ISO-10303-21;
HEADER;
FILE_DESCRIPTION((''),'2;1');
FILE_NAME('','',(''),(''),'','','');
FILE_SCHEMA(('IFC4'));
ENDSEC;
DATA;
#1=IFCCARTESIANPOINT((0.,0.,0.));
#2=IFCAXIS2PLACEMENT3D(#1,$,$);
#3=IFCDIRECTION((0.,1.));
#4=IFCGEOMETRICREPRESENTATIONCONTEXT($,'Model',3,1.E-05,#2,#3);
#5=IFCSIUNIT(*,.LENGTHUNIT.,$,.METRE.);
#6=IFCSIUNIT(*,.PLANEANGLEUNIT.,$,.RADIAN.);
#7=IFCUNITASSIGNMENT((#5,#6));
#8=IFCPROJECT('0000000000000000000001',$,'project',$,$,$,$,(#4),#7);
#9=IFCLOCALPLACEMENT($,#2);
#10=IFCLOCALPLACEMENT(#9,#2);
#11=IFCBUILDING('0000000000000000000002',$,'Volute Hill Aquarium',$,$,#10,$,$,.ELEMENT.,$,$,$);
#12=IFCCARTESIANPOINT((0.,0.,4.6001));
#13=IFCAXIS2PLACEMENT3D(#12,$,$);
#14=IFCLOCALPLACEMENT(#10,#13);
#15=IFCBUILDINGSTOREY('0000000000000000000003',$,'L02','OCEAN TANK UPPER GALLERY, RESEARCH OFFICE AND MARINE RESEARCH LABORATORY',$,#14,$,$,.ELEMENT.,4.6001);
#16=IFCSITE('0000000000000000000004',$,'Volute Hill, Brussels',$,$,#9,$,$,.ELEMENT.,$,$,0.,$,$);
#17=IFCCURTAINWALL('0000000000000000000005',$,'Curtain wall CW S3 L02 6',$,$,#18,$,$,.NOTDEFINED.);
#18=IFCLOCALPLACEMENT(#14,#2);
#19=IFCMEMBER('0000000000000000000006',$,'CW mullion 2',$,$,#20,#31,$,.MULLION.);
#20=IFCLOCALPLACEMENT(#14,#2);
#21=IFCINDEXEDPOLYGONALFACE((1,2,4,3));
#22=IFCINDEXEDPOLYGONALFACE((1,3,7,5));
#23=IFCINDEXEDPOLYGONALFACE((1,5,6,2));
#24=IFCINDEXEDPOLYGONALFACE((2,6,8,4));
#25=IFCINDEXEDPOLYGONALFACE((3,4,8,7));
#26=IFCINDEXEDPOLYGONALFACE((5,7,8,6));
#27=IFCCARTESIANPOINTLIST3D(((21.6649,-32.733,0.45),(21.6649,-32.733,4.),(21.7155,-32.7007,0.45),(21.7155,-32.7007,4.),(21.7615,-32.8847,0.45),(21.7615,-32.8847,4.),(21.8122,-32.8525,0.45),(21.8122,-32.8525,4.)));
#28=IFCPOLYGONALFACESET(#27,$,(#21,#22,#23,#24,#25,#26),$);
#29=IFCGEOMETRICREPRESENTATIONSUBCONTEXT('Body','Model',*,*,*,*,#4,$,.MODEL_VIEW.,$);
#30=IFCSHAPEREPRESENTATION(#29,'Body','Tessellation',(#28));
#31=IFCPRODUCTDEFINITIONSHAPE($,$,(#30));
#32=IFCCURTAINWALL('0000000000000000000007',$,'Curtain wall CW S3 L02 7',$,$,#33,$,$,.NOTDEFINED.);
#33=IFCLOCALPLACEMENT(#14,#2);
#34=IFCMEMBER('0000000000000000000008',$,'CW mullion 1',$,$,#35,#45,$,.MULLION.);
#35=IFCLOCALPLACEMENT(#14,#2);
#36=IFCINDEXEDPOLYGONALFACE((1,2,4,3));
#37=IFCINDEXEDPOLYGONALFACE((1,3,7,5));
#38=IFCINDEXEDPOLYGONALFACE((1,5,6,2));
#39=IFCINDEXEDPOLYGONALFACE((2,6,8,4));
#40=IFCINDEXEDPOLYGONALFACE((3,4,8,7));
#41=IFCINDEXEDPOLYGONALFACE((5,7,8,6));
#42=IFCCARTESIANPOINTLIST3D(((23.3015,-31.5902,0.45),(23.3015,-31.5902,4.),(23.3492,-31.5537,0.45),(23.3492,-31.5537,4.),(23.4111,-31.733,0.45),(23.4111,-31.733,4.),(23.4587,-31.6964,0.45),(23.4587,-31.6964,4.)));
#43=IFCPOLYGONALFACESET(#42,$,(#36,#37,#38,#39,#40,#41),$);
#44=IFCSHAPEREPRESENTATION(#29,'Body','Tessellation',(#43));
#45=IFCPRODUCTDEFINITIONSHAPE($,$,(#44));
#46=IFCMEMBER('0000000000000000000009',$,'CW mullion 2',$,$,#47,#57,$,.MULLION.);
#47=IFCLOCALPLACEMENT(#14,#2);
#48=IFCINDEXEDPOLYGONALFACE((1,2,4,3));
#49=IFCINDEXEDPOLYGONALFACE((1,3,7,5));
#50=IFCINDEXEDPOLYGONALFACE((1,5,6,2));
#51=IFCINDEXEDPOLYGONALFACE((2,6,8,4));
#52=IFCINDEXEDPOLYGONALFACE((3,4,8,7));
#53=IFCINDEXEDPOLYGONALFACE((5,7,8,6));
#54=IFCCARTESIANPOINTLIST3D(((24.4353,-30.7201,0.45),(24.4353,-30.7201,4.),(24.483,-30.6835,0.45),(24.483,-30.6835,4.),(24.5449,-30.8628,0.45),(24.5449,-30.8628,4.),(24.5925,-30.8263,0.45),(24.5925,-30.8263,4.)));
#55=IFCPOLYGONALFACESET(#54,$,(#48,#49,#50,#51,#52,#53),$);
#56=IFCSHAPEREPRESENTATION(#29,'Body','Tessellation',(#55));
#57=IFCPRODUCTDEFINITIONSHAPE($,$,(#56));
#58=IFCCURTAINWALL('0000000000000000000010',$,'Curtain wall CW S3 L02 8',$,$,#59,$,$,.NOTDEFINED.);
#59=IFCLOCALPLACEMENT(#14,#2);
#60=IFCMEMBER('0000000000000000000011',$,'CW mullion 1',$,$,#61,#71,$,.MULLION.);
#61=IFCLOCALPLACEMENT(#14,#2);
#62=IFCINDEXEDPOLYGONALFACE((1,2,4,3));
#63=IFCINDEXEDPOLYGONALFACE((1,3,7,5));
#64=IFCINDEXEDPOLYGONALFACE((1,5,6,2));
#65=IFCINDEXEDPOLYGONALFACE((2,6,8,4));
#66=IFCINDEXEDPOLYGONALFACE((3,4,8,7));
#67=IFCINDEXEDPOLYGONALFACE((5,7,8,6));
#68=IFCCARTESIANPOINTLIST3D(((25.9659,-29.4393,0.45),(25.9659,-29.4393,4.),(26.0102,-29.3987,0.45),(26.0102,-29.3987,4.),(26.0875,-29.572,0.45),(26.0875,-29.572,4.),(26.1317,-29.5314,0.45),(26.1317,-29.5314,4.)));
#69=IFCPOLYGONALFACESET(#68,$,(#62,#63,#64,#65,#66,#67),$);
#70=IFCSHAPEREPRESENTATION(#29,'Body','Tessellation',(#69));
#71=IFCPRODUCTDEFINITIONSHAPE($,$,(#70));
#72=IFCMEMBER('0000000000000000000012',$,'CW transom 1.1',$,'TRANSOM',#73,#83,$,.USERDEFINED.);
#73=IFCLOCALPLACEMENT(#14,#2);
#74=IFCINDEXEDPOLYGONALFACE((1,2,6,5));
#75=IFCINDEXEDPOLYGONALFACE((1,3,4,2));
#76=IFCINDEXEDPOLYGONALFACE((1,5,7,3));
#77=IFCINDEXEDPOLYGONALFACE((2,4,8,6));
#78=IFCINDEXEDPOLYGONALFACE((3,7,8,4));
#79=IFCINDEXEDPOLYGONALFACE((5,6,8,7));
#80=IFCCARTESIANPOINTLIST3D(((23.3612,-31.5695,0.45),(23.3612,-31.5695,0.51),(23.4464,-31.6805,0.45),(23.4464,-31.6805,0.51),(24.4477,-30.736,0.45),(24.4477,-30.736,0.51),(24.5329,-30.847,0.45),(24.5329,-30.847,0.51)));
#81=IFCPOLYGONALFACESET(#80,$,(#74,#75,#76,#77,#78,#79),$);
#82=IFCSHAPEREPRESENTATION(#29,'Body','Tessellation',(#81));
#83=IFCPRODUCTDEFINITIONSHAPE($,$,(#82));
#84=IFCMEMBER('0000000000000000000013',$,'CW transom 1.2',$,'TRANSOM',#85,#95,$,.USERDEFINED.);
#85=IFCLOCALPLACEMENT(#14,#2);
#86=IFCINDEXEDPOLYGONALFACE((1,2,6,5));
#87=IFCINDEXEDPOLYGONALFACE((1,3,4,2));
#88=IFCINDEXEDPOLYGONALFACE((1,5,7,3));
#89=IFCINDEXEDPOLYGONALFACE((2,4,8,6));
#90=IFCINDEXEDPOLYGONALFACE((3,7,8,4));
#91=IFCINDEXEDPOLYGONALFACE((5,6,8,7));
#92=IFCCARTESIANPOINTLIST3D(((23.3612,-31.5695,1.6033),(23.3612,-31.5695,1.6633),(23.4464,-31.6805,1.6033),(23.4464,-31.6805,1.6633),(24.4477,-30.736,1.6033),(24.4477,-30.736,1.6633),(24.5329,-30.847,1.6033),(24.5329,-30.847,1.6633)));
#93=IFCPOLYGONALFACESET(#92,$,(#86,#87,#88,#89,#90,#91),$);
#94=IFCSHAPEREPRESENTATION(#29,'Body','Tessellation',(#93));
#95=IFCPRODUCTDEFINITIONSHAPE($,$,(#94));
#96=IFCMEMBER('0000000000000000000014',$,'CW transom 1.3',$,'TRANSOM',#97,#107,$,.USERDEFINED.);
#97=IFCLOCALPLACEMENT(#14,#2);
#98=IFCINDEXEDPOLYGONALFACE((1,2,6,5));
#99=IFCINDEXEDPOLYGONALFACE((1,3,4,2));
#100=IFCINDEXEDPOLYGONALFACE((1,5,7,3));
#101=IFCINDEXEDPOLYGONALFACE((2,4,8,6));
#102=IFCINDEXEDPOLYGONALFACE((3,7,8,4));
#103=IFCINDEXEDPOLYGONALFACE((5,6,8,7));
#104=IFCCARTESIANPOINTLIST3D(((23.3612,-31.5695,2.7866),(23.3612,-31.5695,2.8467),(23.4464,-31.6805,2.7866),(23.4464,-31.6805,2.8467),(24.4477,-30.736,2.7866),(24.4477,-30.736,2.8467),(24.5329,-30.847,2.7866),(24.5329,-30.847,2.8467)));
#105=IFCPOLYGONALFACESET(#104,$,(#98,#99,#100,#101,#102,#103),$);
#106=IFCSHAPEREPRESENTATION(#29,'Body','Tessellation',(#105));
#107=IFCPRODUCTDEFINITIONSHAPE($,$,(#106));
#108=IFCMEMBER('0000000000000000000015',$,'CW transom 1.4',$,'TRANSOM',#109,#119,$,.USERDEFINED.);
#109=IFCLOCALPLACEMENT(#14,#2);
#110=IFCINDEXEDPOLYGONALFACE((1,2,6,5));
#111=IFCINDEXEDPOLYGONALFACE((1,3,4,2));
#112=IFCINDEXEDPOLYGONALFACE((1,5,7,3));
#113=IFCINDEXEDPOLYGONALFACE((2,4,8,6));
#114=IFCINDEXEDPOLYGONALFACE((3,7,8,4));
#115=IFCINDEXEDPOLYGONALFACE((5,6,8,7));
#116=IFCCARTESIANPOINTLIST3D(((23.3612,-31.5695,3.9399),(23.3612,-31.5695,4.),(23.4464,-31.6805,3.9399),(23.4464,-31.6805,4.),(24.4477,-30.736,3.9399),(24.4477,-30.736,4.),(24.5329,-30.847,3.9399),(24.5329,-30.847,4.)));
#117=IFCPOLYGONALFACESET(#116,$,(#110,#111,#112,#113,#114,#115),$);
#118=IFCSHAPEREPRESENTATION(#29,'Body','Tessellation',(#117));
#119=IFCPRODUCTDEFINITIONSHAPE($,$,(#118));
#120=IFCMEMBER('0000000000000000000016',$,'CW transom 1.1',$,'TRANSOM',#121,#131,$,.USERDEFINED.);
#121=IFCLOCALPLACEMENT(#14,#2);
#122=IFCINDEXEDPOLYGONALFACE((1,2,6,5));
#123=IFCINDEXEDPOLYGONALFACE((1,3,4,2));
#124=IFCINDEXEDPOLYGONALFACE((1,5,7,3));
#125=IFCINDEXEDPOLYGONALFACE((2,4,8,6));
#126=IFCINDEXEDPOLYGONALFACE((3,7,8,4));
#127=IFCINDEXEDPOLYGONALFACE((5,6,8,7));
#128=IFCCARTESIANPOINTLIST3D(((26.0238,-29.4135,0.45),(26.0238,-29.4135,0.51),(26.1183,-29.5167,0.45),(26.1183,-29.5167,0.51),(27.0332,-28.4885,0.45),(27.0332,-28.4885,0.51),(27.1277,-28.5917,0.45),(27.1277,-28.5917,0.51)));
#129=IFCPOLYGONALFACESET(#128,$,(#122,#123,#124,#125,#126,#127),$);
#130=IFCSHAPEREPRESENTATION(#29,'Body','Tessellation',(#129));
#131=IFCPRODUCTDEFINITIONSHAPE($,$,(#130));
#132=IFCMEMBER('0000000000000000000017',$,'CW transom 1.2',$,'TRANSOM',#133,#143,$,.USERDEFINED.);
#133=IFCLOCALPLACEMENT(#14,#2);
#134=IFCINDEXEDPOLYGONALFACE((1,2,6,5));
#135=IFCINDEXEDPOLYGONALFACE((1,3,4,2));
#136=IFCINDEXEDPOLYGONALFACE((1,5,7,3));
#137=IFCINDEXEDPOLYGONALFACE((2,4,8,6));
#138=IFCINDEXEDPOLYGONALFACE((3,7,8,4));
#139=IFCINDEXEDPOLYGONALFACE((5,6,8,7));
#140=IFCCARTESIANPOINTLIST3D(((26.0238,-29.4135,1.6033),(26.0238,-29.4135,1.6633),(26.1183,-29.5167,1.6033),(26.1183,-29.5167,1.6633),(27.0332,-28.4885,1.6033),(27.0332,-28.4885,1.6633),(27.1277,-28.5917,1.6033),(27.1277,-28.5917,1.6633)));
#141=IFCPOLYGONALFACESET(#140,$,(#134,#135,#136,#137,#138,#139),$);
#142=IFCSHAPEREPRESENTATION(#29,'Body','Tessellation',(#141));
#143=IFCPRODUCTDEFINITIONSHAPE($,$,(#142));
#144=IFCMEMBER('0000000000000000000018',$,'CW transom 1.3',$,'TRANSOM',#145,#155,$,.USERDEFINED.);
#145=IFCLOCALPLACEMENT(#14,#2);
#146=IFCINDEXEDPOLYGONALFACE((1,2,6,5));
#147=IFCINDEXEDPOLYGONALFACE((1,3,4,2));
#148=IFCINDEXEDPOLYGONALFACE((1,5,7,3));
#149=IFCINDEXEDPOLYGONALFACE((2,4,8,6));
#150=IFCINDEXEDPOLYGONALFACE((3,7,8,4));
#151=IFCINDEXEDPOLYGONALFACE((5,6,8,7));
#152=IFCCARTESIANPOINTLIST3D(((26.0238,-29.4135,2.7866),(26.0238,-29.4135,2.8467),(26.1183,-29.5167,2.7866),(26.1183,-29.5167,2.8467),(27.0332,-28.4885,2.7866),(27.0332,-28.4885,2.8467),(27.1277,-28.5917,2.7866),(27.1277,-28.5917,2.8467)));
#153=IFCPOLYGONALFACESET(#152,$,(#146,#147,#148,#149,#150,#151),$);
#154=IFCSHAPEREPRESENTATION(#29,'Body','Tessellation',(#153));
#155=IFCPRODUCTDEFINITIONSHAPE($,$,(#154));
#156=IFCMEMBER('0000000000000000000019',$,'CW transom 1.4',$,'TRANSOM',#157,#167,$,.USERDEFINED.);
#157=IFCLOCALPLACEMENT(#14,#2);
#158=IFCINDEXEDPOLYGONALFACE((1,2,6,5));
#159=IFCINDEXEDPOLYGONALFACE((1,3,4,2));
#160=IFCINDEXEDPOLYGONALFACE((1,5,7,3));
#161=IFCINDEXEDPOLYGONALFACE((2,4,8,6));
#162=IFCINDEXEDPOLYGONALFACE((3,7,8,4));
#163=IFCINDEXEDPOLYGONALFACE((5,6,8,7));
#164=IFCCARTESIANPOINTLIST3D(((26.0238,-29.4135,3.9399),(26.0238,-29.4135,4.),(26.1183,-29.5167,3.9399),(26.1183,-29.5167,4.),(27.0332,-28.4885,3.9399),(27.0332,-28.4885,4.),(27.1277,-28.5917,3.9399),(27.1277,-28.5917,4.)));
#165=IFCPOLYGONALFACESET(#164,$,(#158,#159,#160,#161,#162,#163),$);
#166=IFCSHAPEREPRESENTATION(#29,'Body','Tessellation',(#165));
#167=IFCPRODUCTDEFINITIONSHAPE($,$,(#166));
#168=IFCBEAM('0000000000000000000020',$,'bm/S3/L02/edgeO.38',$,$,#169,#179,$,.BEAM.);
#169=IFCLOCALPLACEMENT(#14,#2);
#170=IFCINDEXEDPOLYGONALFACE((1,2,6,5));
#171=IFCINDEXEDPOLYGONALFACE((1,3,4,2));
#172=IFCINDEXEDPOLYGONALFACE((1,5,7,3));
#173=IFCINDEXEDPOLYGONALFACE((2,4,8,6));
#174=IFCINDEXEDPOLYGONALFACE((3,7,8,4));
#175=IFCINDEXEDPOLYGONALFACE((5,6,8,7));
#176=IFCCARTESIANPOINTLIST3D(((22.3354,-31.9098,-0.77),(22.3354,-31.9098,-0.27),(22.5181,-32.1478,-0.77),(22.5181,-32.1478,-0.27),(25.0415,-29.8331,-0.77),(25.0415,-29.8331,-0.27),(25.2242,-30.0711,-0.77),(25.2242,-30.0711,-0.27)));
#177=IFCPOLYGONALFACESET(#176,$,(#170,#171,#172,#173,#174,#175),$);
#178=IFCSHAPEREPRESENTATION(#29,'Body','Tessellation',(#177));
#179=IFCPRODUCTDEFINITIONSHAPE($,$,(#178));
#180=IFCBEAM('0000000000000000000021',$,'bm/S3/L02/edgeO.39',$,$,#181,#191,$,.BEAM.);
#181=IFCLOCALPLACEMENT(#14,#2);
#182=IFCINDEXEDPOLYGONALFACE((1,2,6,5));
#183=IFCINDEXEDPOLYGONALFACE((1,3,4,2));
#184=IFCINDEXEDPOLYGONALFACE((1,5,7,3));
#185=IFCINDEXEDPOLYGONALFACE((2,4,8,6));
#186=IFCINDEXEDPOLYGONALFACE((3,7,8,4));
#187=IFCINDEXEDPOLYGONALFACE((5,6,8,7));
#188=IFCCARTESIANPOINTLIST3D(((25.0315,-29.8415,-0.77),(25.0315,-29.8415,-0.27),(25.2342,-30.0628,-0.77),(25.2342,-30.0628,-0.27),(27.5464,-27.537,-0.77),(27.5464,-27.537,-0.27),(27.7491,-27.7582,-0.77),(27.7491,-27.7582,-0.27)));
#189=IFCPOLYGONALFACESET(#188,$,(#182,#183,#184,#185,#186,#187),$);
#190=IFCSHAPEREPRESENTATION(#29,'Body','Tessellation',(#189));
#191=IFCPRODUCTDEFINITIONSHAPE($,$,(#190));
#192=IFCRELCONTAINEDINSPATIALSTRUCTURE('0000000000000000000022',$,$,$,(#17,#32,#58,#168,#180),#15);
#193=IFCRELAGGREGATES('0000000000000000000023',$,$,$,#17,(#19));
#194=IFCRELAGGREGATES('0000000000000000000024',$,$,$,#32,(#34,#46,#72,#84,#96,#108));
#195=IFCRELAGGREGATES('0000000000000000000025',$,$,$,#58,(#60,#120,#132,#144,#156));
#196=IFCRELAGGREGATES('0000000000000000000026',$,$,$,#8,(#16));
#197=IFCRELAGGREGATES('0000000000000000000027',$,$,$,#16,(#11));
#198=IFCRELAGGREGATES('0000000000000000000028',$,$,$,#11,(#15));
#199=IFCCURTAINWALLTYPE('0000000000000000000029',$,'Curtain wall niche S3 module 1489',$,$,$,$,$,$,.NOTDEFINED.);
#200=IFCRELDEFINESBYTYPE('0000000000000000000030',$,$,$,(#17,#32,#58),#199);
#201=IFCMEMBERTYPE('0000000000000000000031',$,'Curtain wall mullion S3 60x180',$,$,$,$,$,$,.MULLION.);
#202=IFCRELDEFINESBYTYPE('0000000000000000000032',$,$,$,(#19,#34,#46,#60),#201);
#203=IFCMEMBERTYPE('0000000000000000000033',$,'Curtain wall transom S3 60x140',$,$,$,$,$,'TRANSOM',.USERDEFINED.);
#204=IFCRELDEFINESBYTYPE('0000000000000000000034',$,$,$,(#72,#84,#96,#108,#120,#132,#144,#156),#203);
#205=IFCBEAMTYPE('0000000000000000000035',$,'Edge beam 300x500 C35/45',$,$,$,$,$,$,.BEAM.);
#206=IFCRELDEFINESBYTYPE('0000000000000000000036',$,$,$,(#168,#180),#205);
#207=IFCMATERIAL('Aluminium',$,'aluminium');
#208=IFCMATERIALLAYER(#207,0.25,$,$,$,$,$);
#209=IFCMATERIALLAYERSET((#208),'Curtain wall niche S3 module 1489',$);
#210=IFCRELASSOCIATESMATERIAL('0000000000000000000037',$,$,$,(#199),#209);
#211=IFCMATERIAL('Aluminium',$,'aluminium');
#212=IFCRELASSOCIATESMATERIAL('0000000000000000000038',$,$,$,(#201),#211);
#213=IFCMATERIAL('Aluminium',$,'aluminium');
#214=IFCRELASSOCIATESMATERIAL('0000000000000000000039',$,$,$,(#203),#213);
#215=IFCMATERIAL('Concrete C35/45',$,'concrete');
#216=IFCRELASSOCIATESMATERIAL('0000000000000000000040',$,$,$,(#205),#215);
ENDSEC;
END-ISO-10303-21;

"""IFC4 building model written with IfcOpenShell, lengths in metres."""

from ifc_helpers import new_model, si_unit, direction, frame, origin, origin_2d, place, context, subcontext, project, spatial, rectangle, extrude, material, layer, layer_set, material_profile, profile_set, type_object, element, aggregate, save


model = new_model("IFC4")

# Units and contexts
model_context = context("Model", 3, precision=1e-05, world=origin(), true_north=direction((0.0, 1.0)))
body_context = subcontext(model_context, "Body", "Model", "MODEL_VIEW")
ifc_project = project(units=[si_unit("LENGTHUNIT", "METRE"), si_unit("PLANEANGLEUNIT", "RADIAN")], contexts=[model_context])

# Site, building, storey
site_placement = place(None, origin())
site = spatial("IfcSite", under=ifc_project, at=site_placement, Name="Volute Hill, Brussels", CompositionType="ELEMENT", RefElevation=0.0)
building_placement = place(site_placement, origin())
building = spatial("IfcBuilding", under=site, at=building_placement, Name="Volute Hill Aquarium", CompositionType="ELEMENT")
storey_placement = place(building_placement, frame((0.0, 0.0, 4.6001)))
storey = spatial("IfcBuildingStorey", under=building, at=storey_placement, Name="L02", Description="OCEAN TANK UPPER GALLERY, RESEARCH OFFICE AND MARINE RESEARCH LABORATORY", CompositionType="ELEMENT", Elevation=4.6001)

# Curtain wall, member
ifc_material_1 = material(Name="Aluminium", Category="aluminium")
ifc_layer_1 = layer(ifc_material_1, 0.25)
ifc_layer_set_1 = layer_set([ifc_layer_1], Name="Curtain wall niche S3 module 1489")
curtain_wall_type = type_object("IfcCurtainWallType", Name="Curtain wall niche S3 module 1489", PredefinedType="NOTDEFINED", material=ifc_layer_set_1)
curtain_wall_1_placement = place(storey_placement, origin())
curtain_wall_1 = element("IfcCurtainWall", 1, at=curtain_wall_1_placement, inside=storey, type_object=curtain_wall_type, Name="Curtain wall CW S3 L02 6", PredefinedType="NOTDEFINED")
ifc_material_2 = material(Name="Aluminium", Category="aluminium")
ifc_material_profile_1 = material_profile(ifc_material_2, rectangle(XDim=0.1799, YDim=0.0601, at=origin_2d()), Name="Curtain wall mullion S3 60x180")
ifc_profile_set_1 = profile_set([ifc_material_profile_1], Name="Aluminium")
member_type_1 = type_object("IfcMemberType", Name="Curtain wall mullion S3 60x180", PredefinedType="MULLION", material=ifc_profile_set_1)
member_1_placement = place(storey_placement, frame((21.7385, -32.7927, 0.45), z_axis=(0.0, 0.0, 1.0), x_axis=(-0.537307, 0.843387, 0.0)))
member_1 = element("IfcMember", 2, at=member_1_placement, type_object=member_type_1, Name="CW mullion 2", PredefinedType="MULLION", context=body_context, shape_type="SweptSolid", body=[
    extrude(rectangle(XDim=0.1799, YDim=0.0601, at=origin_2d()), origin(), (0.0, 0.0, 1.0), 3.55),
])
aggregate(curtain_wall_1, [member_1])

# Curtain wall, members
curtain_wall_2_placement = place(storey_placement, origin())
curtain_wall_2 = element("IfcCurtainWall", 3, at=curtain_wall_2_placement, inside=storey, type_object=curtain_wall_type, Name="Curtain wall CW S3 L02 7", PredefinedType="NOTDEFINED")
member_2_placement = place(storey_placement, frame((23.3801, -31.6433, 0.45), z_axis=(0.0, 0.0, 1.0), x_axis=(-0.608747, 0.793365, 0.0)))
member_2 = element("IfcMember", 4, at=member_2_placement, type_object=member_type_1, Name="CW mullion 1", PredefinedType="MULLION", context=body_context, shape_type="SweptSolid", body=[
    extrude(rectangle(XDim=0.1799, YDim=0.0601, at=origin_2d()), origin(), (0.0, 0.0, 1.0), 3.55),
])
member_3_placement = place(storey_placement, frame((24.5139, -30.7732, 0.45), z_axis=(0.0, 0.0, 1.0), x_axis=(-0.608747, 0.793365, 0.0)))
member_3 = element("IfcMember", 5, at=member_3_placement, type_object=member_type_1, Name="CW mullion 2", PredefinedType="MULLION", context=body_context, shape_type="SweptSolid", body=[
    extrude(rectangle(XDim=0.1799, YDim=0.0601, at=origin_2d()), origin(), (0.0, 0.0, 1.0), 3.55),
])

# Curtain wall, member
curtain_wall_3_placement = place(storey_placement, origin())
curtain_wall_3 = element("IfcCurtainWall", 6, at=curtain_wall_3_placement, inside=storey, type_object=curtain_wall_type, Name="Curtain wall CW S3 L02 8", PredefinedType="NOTDEFINED")
member_4_placement = place(storey_placement, frame((26.0488, -29.4854, 0.45), z_axis=(0.0, 0.0, 1.0), x_axis=(-0.675613, 0.737256, 0.0)))
member_4 = element("IfcMember", 7, at=member_4_placement, type_object=member_type_1, Name="CW mullion 1", PredefinedType="MULLION", context=body_context, shape_type="SweptSolid", body=[
    extrude(rectangle(XDim=0.1799, YDim=0.0601, at=origin_2d()), origin(), (0.0, 0.0, 1.0), 3.55),
])

# Members
ifc_material_3 = material(Name="Aluminium", Category="aluminium")
ifc_material_profile_2 = material_profile(ifc_material_3, rectangle(XDim=0.1399, YDim=0.0601, at=origin_2d()), Name="Curtain wall transom S3 60x140")
ifc_profile_set_2 = profile_set([ifc_material_profile_2], Name="Aluminium")
member_type_2 = type_object("IfcMemberType", Name="Curtain wall transom S3 60x140", ElementType="TRANSOM", PredefinedType="USERDEFINED", material=ifc_profile_set_2)
member_5_placement = place(storey_placement, frame((23.4038, -31.625, 0.48), z_axis=(0.793405, 0.608694, 0.0), x_axis=(-0.608694, 0.793405, 0.0)))
member_5 = element("IfcMember", 8, at=member_5_placement, type_object=member_type_2, Name="CW transom 1.1", ObjectType="TRANSOM", PredefinedType="USERDEFINED", context=body_context, shape_type="SweptSolid", body=[
    extrude(rectangle(XDim=0.1399, YDim=0.0601, at=origin_2d()), origin(), (0.0, 0.0, 1.0), 1.3694),
])
member_6_placement = place(storey_placement, frame((23.4038, -31.625, 1.6333), z_axis=(0.793405, 0.608694, 0.0), x_axis=(-0.608694, 0.793405, 0.0)))
member_6 = element("IfcMember", 9, at=member_6_placement, type_object=member_type_2, Name="CW transom 1.2", ObjectType="TRANSOM", PredefinedType="USERDEFINED", context=body_context, shape_type="SweptSolid", body=[
    extrude(rectangle(XDim=0.1399, YDim=0.0601, at=origin_2d()), origin(), (0.0, 0.0, 1.0), 1.3694),
])
member_7_placement = place(storey_placement, frame((23.4038, -31.625, 2.8167), z_axis=(0.793405, 0.608694, 0.0), x_axis=(-0.608694, 0.793405, 0.0)))
member_7 = element("IfcMember", 10, at=member_7_placement, type_object=member_type_2, Name="CW transom 1.3", ObjectType="TRANSOM", PredefinedType="USERDEFINED", context=body_context, shape_type="SweptSolid", body=[
    extrude(rectangle(XDim=0.1399, YDim=0.0601, at=origin_2d()), origin(), (0.0, 0.0, 1.0), 1.3694),
])
member_8_placement = place(storey_placement, frame((23.4038, -31.625, 3.97), z_axis=(0.793405, 0.608694, 0.0), x_axis=(-0.608694, 0.793405, 0.0)))
member_8 = element("IfcMember", 11, at=member_8_placement, type_object=member_type_2, Name="CW transom 1.4", ObjectType="TRANSOM", PredefinedType="USERDEFINED", context=body_context, shape_type="SweptSolid", body=[
    extrude(rectangle(XDim=0.1399, YDim=0.0601, at=origin_2d()), origin(), (0.0, 0.0, 1.0), 1.3694),
])
member_9_placement = place(storey_placement, frame((26.071, -29.4651, 0.48), z_axis=(0.73728, 0.675587, 0.0), x_axis=(-0.675587, 0.73728, 0.0)))
member_9 = element("IfcMember", 12, at=member_9_placement, type_object=member_type_2, Name="CW transom 1.1", ObjectType="TRANSOM", PredefinedType="USERDEFINED", context=body_context, shape_type="SweptSolid", body=[
    extrude(rectangle(XDim=0.1399, YDim=0.0601, at=origin_2d()), origin(), (0.0, 0.0, 1.0), 1.3691),
])
member_10_placement = place(storey_placement, frame((26.071, -29.4651, 1.6333), z_axis=(0.73728, 0.675587, 0.0), x_axis=(-0.675587, 0.73728, 0.0)))
member_10 = element("IfcMember", 13, at=member_10_placement, type_object=member_type_2, Name="CW transom 1.2", ObjectType="TRANSOM", PredefinedType="USERDEFINED", context=body_context, shape_type="SweptSolid", body=[
    extrude(rectangle(XDim=0.1399, YDim=0.0601, at=origin_2d()), origin(), (0.0, 0.0, 1.0), 1.3691),
])
member_11_placement = place(storey_placement, frame((26.071, -29.4651, 2.8167), z_axis=(0.73728, 0.675587, 0.0), x_axis=(-0.675587, 0.73728, 0.0)))
member_11 = element("IfcMember", 14, at=member_11_placement, type_object=member_type_2, Name="CW transom 1.3", ObjectType="TRANSOM", PredefinedType="USERDEFINED", context=body_context, shape_type="SweptSolid", body=[
    extrude(rectangle(XDim=0.1399, YDim=0.0601, at=origin_2d()), origin(), (0.0, 0.0, 1.0), 1.3691),
])
member_12_placement = place(storey_placement, frame((26.071, -29.4651, 3.97), z_axis=(0.73728, 0.675587, 0.0), x_axis=(-0.675587, 0.73728, 0.0)))
member_12 = element("IfcMember", 15, at=member_12_placement, type_object=member_type_2, Name="CW transom 1.4", ObjectType="TRANSOM", PredefinedType="USERDEFINED", context=body_context, shape_type="SweptSolid", body=[
    extrude(rectangle(XDim=0.1399, YDim=0.0601, at=origin_2d()), origin(), (0.0, 0.0, 1.0), 1.3691),
])

# Beams
ifc_material_4 = material(Name="Concrete C35/45", Category="concrete")
ifc_material_profile_3 = material_profile(ifc_material_4, rectangle(XDim=0.3, YDim=0.5, at=origin_2d()), Name="RC edge beam 300x500")
ifc_profile_set_3 = profile_set([ifc_material_profile_3], Name="Concrete C35/45")
beam_type_1 = type_object("IfcBeamType", Name="Edge beam 300x500 C35/45", PredefinedType="BEAM", material=ifc_profile_set_3)
for number, where, z_axis, x_axis, name in (
    (16, (22.4268, -32.0288, -0.52), (0.793321, 0.608804, 0.0), (-0.608804, 0.793321, 0.0), "bm/S3/L02/edgeO.38"),
    (17, (25.1328, -29.9521, -0.52), (0.737282, 0.675585, 0.0), (-0.675585, 0.737282, 0.0), "bm/S3/L02/edgeO.39"),
):
    element("IfcBeam", number, at=place(storey_placement, frame(where, z_axis=z_axis, x_axis=x_axis)), inside=storey, type_object=beam_type_1, Name=name, PredefinedType="BEAM", context=body_context, shape_type="SweptSolid", body=[
        extrude(rectangle(XDim=0.3, YDim=0.5, at=origin_2d()), origin(), (0.0, 0.0, 1.0), 3.4111),
    ])

aggregate(curtain_wall_2, [member_2, member_3, member_5, member_6, member_7, member_8])
aggregate(curtain_wall_3, [member_4, member_9, member_10, member_11, member_12])

save(model, "model.ifc")
